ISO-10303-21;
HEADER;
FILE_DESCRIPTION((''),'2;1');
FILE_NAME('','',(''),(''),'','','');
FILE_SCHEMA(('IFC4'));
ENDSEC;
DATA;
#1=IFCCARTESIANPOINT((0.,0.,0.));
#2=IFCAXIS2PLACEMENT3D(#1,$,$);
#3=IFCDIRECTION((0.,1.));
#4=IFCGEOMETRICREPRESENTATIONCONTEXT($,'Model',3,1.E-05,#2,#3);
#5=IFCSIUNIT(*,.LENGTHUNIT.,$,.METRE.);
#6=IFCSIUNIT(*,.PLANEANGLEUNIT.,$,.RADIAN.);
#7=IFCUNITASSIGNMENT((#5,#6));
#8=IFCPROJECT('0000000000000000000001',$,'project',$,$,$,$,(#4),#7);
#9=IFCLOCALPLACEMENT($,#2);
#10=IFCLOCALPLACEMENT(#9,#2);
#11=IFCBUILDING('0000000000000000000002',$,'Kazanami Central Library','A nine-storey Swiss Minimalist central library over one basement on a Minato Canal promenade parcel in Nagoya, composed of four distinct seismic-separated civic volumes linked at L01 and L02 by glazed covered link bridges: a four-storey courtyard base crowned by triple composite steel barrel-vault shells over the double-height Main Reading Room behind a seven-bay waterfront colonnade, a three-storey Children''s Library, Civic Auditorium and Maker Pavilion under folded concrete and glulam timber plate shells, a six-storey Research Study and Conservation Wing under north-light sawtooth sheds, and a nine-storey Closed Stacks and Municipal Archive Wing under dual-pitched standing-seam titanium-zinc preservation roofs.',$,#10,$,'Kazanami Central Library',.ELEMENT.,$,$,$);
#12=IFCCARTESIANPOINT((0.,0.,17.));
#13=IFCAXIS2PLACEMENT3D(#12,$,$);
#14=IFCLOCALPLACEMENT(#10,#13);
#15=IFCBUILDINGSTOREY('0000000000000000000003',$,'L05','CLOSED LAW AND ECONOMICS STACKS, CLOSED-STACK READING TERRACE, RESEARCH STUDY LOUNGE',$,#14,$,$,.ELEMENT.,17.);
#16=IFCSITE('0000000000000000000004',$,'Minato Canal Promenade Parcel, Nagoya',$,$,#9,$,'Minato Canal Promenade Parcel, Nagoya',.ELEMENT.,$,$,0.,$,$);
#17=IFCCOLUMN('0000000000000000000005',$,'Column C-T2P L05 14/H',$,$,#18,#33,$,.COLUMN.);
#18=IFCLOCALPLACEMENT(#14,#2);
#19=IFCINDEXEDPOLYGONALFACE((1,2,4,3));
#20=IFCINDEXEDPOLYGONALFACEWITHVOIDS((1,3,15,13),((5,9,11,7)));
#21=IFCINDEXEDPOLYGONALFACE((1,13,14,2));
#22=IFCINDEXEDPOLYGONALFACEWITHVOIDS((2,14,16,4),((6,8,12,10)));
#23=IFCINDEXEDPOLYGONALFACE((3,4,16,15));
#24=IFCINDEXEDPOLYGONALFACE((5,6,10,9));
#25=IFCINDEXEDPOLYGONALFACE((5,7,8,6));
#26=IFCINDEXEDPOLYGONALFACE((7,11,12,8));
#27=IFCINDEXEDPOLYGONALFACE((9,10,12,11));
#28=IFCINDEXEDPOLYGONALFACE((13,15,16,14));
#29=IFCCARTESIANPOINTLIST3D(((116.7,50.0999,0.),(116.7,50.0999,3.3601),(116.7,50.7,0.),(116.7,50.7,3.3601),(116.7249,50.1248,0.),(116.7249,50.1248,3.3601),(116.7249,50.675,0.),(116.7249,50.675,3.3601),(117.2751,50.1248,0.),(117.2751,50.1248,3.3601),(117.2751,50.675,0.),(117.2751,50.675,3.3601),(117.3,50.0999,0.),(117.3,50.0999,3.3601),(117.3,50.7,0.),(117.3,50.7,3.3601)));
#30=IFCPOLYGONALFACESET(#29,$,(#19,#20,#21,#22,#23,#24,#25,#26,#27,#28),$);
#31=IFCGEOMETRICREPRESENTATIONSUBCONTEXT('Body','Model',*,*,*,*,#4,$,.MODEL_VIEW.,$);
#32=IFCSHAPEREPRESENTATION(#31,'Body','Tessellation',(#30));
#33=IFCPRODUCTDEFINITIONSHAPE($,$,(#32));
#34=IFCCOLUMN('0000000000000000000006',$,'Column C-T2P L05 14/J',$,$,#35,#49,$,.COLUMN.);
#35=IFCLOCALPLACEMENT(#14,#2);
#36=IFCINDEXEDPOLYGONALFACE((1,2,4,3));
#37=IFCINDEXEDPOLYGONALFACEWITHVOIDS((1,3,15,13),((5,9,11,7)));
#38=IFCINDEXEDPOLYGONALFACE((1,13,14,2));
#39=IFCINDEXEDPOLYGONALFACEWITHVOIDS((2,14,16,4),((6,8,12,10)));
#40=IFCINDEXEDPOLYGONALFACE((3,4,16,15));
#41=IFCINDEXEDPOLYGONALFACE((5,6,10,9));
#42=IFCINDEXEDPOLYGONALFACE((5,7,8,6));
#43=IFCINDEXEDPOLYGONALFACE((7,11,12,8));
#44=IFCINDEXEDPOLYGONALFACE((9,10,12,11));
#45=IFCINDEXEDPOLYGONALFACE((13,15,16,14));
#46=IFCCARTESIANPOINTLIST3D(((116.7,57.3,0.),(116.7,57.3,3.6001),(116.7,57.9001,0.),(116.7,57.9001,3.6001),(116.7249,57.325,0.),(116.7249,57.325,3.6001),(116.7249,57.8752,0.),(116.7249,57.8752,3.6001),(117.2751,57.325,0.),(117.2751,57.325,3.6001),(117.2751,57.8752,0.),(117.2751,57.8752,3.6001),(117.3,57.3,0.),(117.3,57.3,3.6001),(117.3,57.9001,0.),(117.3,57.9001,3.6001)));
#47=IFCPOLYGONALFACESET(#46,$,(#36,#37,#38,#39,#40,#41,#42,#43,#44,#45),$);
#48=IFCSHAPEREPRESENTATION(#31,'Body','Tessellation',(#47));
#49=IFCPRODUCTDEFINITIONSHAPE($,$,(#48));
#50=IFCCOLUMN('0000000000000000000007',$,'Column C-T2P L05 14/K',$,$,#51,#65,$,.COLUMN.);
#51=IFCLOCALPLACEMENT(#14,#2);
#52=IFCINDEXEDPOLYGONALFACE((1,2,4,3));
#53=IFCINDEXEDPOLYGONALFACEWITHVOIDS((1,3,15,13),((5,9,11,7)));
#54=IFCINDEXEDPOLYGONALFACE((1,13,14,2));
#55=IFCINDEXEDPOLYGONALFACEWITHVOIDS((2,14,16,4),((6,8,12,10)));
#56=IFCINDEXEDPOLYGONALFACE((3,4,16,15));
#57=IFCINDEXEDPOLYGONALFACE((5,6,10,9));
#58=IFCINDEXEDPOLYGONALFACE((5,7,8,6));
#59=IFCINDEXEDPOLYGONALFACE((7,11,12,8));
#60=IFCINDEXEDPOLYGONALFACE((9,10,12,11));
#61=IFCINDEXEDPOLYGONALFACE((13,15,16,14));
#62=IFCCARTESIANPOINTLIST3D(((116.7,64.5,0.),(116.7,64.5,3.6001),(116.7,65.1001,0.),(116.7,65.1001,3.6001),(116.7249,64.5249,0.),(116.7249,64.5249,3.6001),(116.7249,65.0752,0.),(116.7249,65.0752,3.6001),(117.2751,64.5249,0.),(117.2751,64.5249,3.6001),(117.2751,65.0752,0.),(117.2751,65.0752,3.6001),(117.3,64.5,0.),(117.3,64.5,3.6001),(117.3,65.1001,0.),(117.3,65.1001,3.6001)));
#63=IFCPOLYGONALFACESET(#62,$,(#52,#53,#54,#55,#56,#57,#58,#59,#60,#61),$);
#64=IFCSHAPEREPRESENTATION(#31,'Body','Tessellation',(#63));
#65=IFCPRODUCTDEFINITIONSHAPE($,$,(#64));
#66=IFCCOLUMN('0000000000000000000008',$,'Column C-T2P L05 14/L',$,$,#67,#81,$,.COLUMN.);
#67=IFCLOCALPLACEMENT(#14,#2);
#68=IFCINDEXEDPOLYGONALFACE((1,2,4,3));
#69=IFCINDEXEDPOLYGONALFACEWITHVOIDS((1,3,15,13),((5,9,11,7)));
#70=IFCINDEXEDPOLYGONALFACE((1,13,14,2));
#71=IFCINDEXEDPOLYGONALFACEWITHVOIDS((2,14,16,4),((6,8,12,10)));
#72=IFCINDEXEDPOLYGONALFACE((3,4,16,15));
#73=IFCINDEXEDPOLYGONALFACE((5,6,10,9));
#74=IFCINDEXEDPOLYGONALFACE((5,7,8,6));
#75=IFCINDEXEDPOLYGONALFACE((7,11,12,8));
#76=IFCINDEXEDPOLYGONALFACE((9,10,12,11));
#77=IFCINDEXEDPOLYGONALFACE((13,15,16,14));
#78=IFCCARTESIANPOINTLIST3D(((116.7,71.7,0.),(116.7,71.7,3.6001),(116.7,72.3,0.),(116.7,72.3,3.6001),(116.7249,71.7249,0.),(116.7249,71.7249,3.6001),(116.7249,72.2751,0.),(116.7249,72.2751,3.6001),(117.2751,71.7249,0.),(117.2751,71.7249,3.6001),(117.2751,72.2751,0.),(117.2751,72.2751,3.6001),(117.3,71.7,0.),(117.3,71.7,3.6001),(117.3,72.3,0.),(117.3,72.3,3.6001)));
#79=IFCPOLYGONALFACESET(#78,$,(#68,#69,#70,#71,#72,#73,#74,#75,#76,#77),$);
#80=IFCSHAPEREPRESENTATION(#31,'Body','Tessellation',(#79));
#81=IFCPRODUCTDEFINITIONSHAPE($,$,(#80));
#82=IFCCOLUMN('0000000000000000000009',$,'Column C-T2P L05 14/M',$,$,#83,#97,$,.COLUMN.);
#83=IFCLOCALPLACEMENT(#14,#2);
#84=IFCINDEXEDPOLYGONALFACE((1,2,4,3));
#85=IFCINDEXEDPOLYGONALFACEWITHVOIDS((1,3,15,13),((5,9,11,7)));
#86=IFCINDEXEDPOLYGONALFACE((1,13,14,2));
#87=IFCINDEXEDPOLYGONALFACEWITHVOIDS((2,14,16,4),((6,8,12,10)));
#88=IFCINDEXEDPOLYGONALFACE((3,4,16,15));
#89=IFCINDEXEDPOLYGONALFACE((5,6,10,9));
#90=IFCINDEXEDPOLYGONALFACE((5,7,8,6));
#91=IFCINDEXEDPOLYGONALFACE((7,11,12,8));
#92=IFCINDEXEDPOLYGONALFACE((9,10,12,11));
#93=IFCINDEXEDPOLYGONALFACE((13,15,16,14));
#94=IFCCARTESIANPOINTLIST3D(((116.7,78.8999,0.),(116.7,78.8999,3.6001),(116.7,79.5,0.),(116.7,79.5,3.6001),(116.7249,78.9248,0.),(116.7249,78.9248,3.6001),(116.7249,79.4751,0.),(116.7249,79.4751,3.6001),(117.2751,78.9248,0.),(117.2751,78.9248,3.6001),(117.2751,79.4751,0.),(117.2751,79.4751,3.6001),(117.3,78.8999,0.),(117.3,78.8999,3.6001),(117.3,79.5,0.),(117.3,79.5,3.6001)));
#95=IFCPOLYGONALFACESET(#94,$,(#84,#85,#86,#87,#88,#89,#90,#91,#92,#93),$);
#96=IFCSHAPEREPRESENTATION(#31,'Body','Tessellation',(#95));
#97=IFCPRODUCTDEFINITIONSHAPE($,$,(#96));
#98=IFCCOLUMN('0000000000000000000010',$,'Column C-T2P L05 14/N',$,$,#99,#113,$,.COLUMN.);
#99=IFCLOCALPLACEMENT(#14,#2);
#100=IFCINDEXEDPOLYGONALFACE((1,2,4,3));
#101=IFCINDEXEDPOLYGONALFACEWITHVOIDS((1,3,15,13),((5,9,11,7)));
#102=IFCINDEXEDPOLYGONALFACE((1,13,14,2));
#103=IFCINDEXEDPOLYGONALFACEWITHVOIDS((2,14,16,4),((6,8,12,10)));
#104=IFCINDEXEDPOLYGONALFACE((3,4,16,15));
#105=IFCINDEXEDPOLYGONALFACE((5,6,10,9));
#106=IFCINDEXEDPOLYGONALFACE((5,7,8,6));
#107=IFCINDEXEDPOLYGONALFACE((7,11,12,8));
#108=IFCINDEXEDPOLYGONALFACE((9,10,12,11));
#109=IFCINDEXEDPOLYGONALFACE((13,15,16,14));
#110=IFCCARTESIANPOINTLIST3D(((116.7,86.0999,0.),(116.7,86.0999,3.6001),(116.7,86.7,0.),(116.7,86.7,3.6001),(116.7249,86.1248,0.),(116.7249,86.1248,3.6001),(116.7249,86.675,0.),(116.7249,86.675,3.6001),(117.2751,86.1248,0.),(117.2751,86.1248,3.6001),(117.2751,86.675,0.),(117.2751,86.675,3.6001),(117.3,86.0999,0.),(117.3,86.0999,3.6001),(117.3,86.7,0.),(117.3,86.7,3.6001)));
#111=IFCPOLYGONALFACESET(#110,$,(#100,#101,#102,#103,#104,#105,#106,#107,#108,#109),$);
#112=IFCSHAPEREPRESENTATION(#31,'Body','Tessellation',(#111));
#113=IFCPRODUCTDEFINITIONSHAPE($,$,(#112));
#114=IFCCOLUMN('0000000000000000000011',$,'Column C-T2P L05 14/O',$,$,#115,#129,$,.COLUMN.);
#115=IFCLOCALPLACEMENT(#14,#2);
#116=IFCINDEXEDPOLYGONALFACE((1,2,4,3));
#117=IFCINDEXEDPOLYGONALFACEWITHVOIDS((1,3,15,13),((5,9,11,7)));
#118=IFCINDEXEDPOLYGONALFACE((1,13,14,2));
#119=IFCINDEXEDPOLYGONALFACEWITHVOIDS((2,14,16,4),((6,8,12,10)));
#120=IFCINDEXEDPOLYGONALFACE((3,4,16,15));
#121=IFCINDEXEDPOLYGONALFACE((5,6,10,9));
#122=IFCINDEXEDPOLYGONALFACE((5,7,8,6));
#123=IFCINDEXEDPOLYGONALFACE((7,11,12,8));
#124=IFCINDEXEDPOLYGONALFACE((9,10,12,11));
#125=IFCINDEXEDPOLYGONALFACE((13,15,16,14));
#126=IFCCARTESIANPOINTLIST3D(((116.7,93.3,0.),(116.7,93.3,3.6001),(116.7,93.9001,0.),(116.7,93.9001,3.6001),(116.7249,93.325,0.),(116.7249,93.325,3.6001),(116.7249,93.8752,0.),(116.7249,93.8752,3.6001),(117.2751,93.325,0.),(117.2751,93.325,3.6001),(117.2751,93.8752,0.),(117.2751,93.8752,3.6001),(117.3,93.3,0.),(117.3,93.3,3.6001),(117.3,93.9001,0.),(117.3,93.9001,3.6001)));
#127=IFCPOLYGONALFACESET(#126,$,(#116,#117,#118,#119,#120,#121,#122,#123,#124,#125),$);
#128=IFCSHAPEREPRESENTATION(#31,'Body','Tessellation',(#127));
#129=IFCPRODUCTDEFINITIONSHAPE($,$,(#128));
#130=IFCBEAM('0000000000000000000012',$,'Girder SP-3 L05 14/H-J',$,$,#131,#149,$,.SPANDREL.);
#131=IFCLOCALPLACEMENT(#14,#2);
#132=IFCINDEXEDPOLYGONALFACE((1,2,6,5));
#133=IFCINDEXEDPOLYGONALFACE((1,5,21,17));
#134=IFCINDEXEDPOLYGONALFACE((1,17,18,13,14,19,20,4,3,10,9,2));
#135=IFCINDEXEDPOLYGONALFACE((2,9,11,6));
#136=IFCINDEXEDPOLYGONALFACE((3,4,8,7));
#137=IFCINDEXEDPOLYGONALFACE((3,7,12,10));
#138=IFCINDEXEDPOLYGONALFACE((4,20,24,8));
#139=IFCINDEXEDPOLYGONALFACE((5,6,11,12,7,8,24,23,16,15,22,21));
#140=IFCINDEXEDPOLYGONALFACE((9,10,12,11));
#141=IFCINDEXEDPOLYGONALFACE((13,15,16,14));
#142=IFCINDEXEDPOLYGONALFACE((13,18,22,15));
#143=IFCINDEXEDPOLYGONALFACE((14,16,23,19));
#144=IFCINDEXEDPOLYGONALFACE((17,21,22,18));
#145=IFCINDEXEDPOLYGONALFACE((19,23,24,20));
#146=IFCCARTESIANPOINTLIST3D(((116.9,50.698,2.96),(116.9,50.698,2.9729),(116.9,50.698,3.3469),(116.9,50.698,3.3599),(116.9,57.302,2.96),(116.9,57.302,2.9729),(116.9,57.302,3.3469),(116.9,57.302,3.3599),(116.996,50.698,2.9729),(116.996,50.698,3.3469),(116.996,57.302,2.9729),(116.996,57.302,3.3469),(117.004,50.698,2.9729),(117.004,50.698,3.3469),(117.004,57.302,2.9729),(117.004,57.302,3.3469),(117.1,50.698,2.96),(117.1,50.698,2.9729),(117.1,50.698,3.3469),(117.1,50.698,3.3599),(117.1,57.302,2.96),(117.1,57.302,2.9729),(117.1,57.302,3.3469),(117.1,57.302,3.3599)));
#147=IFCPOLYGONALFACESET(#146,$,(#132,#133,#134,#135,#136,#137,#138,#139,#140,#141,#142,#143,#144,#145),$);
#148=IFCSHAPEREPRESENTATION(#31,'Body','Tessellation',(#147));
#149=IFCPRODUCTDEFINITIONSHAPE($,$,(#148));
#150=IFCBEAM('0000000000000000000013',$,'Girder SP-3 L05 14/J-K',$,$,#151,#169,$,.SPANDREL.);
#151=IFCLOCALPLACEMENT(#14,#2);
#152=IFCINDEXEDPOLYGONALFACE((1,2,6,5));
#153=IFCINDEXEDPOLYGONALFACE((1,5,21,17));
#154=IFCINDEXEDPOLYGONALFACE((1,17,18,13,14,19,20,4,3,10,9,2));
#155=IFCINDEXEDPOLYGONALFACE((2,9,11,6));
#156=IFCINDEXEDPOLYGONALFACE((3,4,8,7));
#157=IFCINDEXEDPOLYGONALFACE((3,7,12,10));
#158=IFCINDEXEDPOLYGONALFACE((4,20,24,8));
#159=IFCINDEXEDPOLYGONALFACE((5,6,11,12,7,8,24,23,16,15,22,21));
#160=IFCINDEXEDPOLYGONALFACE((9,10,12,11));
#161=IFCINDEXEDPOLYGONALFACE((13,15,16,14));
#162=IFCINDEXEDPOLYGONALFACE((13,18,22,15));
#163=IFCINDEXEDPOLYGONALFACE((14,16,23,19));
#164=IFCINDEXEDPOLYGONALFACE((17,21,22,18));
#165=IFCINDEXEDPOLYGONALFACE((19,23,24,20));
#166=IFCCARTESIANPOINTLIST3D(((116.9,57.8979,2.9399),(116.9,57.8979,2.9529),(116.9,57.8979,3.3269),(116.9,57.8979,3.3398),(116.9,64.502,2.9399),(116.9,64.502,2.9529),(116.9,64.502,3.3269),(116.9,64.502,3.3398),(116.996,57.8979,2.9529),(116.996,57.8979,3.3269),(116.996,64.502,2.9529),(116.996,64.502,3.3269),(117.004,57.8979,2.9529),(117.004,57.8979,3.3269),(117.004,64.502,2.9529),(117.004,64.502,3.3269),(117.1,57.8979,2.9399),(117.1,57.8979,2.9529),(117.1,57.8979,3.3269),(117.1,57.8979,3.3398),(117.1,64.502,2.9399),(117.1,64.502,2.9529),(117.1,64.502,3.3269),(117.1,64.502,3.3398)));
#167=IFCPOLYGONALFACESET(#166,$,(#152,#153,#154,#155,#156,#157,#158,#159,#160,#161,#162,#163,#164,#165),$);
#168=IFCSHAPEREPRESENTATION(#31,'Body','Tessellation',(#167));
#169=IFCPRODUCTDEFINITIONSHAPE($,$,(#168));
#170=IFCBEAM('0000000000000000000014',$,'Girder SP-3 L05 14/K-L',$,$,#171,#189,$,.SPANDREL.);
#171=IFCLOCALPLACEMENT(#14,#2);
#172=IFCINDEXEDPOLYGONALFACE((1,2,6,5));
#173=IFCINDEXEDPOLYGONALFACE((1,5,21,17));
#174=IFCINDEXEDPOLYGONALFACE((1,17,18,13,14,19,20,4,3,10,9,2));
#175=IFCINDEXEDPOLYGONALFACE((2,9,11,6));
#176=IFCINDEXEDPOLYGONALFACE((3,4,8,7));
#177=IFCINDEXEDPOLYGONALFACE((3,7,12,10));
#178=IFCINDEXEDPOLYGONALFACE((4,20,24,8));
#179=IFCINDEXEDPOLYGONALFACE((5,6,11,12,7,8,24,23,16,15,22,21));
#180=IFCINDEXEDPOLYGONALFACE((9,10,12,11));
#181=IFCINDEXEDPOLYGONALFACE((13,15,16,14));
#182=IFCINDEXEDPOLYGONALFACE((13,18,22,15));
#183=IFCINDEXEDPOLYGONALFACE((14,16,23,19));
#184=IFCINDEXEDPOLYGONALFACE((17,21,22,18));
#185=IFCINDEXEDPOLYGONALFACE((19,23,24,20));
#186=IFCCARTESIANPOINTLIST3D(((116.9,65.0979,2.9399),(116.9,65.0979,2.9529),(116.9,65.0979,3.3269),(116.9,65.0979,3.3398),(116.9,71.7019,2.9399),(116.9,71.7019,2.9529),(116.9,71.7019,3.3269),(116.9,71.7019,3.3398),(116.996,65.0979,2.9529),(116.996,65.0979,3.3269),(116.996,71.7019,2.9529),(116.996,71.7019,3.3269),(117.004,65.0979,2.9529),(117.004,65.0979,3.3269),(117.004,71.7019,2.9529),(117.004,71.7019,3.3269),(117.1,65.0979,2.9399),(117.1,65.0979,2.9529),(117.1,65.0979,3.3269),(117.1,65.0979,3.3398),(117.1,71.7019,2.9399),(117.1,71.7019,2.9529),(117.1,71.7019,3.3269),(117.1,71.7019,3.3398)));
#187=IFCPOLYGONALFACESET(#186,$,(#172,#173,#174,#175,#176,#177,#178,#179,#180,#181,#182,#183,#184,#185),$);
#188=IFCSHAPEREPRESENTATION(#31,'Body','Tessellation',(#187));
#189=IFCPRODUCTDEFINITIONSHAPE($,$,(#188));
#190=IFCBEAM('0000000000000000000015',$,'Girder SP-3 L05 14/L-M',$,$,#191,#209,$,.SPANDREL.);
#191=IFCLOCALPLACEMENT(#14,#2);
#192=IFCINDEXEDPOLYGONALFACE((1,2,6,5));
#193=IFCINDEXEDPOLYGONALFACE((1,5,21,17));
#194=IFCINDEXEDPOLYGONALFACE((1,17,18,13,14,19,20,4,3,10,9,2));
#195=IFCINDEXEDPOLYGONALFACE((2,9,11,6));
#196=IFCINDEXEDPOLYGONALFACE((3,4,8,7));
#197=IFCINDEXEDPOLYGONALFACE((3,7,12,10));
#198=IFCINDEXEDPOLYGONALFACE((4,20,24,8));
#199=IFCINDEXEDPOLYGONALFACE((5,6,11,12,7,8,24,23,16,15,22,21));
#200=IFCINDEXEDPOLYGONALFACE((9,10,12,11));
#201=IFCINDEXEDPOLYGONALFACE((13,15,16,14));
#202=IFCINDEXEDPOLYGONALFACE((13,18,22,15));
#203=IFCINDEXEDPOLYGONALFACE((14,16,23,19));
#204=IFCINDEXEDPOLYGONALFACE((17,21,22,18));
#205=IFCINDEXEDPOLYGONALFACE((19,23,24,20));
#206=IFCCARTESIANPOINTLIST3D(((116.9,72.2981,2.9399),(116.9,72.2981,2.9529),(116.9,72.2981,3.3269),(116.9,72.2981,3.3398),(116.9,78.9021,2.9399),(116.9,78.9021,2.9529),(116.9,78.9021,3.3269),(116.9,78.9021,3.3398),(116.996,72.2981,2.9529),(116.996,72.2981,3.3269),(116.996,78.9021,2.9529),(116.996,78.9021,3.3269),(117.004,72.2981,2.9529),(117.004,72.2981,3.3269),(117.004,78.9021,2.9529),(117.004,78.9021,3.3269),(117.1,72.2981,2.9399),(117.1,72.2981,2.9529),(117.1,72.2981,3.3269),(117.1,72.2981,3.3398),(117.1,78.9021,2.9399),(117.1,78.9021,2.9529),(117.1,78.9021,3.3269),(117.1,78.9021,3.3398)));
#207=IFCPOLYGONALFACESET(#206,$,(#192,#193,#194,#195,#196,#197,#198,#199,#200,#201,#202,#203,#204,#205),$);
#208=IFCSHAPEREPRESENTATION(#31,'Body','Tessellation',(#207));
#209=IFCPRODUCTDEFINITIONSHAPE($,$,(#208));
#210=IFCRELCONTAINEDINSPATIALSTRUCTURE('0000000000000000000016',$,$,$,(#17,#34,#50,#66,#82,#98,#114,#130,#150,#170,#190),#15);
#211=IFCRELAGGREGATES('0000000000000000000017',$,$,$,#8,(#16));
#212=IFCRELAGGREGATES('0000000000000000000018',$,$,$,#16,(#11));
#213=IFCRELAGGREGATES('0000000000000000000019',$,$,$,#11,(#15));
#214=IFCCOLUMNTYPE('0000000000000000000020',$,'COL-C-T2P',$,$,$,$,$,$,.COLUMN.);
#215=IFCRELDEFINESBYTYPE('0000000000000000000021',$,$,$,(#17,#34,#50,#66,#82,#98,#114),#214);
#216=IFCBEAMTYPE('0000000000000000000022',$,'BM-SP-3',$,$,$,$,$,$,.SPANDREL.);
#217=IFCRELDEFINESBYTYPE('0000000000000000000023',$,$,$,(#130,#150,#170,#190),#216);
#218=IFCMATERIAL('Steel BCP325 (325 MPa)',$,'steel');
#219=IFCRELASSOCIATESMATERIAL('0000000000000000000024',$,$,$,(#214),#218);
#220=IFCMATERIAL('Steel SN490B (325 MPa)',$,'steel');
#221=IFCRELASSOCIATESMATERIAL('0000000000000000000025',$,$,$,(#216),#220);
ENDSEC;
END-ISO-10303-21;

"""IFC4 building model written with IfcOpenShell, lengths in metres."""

from ifc_helpers import new_model, si_unit, direction, frame, origin, origin_2d, place, context, subcontext, project, spatial, hollow_rectangle, i_section, extrude, material, material_profile, profile_set, type_object, element, save


model = new_model("IFC4")

# Units and contexts
model_context = context("Model", 3, precision=1e-05, world=origin(), true_north=direction((0.0, 1.0)))
body_context = subcontext(model_context, "Body", "Model", "MODEL_VIEW")
ifc_project = project(units=[si_unit("LENGTHUNIT", "METRE"), si_unit("PLANEANGLEUNIT", "RADIAN")], contexts=[model_context])

# Site, building, storey
site_placement = place(None, origin())
site = spatial("IfcSite", under=ifc_project, at=site_placement, Name="Minato Canal Promenade Parcel, Nagoya", LongName="Minato Canal Promenade Parcel, Nagoya", CompositionType="ELEMENT", RefElevation=0.0)
building_placement = place(site_placement, origin())
building = spatial("IfcBuilding", under=site, at=building_placement, Name="Kazanami Central Library", Description="A nine-storey Swiss Minimalist central library over one basement on a Minato Canal promenade parcel in Nagoya, composed of four distinct seismic-separated civic volumes linked at L01 and L02 by glazed covered link bridges: a four-storey courtyard base crowned by triple composite steel barrel-vault shells over the double-height Main Reading Room behind a seven-bay waterfront colonnade, a three-storey Children's Library, Civic Auditorium and Maker Pavilion under folded concrete and glulam timber plate shells, a six-storey Research Study and Conservation Wing under north-light sawtooth sheds, and a nine-storey Closed Stacks and Municipal Archive Wing under dual-pitched standing-seam titanium-zinc preservation roofs.", LongName="Kazanami Central Library", CompositionType="ELEMENT")
storey_placement = place(building_placement, frame((0.0, 0.0, 17.0)))
storey = spatial("IfcBuildingStorey", under=building, at=storey_placement, Name="L05", Description="CLOSED LAW AND ECONOMICS STACKS, CLOSED-STACK READING TERRACE, RESEARCH STUDY LOUNGE", CompositionType="ELEMENT", Elevation=17.0)

# Columns
ifc_material_1 = material(Name="Steel BCP325 (325 MPa)", Category="steel")
ifc_material_profile_1 = material_profile(ifc_material_1, hollow_rectangle(XDim=0.6001, YDim=0.6001, WallThickness=0.0249, at=origin_2d()), Name="BCP-600x600x25")
ifc_profile_set_1 = profile_set([ifc_material_profile_1], Name="Steel BCP325 (325 MPa)")
column_type = type_object("IfcColumnType", Name="COL-C-T2P", PredefinedType="COLUMN", material=ifc_profile_set_1)
column_placement = place(storey_placement, frame((117.0, 50.3999, 0.0), z_axis=(0.0, 0.0, 1.0), x_axis=(1.0, 0.0, 0.0)))
element("IfcColumn", 1, at=column_placement, inside=storey, type_object=column_type, Name="Column C-T2P L05 14/H", PredefinedType="COLUMN", context=body_context, shape_type="SweptSolid", body=[
    extrude(hollow_rectangle(XDim=0.6001, YDim=0.6001, WallThickness=0.0249, at=origin_2d()), origin(), (0.0, 0.0, 1.0), 3.3601),
])
for number, where, z_axis, x_axis, name in (
    (2, (117.0, 57.6001, 0.0), (0.0, 0.0, 1.0), (1.0, 0.0, 0.0), "Column C-T2P L05 14/J"),
    (3, (117.0, 64.8, 0.0), (0.0, 0.0, 1.0), (1.0, 0.0, 0.0), "Column C-T2P L05 14/K"),
    (4, (117.0, 72.0, 0.0), (0.0, 0.0, 1.0), (1.0, 0.0, 0.0), "Column C-T2P L05 14/L"),
    (5, (117.0, 79.2, 0.0), (0.0, 0.0, 1.0), (1.0, 0.0, 0.0), "Column C-T2P L05 14/M"),
    (6, (117.0, 86.3999, 0.0), (0.0, 0.0, 1.0), (1.0, 0.0, 0.0), "Column C-T2P L05 14/N"),
    (7, (117.0, 93.6001, 0.0), (0.0, 0.0, 1.0), (1.0, 0.0, 0.0), "Column C-T2P L05 14/O"),
):
    element("IfcColumn", number, at=place(storey_placement, frame(where, z_axis=z_axis, x_axis=x_axis)), inside=storey, type_object=column_type, Name=name, PredefinedType="COLUMN", context=body_context, shape_type="SweptSolid", body=[
        extrude(hollow_rectangle(XDim=0.6001, YDim=0.6001, WallThickness=0.0249, at=origin_2d()), origin(), (0.0, 0.0, 1.0), 3.6001),
    ])

# Beams
ifc_material_2 = material(Name="Steel SN490B (325 MPa)", Category="steel")
ifc_material_profile_2 = material_profile(ifc_material_2, i_section(OverallWidth=0.2, OverallDepth=0.3999, WebThickness=0.0081, FlangeThickness=0.0129, at=origin_2d()), Name="H-400x200x8x13")
ifc_profile_set_2 = profile_set([ifc_material_profile_2], Name="Steel SN490B (325 MPa)")
beam_type = type_object("IfcBeamType", Name="BM-SP-3", PredefinedType="SPANDREL", material=ifc_profile_set_2)
for number, where, z_axis, x_axis, name in (
    (8, (117.0, 50.698, 3.1599), (0.0, 1.0, 0.0), (-1.0, 0.0, 0.0), "Girder SP-3 L05 14/H-J"),
    (9, (117.0, 57.8979, 3.1399), (0.0, 1.0, 0.0), (-1.0, 0.0, 0.0), "Girder SP-3 L05 14/J-K"),
    (10, (117.0, 65.0979, 3.1399), (0.0, 1.0, 0.0), (-1.0, 0.0, 0.0), "Girder SP-3 L05 14/K-L"),
    (11, (117.0, 72.2981, 3.1399), (0.0, 1.0, 0.0), (-1.0, 0.0, 0.0), "Girder SP-3 L05 14/L-M"),
):
    element("IfcBeam", number, at=place(storey_placement, frame(where, z_axis=z_axis, x_axis=x_axis)), inside=storey, type_object=beam_type, Name=name, PredefinedType="SPANDREL", context=body_context, shape_type="SweptSolid", body=[
        extrude(i_section(OverallWidth=0.2, OverallDepth=0.3999, WebThickness=0.0081, FlangeThickness=0.0129, at=origin_2d()), origin(), (0.0, 0.0, 1.0), 6.604),
    ])

save(model, "model.ifc")
